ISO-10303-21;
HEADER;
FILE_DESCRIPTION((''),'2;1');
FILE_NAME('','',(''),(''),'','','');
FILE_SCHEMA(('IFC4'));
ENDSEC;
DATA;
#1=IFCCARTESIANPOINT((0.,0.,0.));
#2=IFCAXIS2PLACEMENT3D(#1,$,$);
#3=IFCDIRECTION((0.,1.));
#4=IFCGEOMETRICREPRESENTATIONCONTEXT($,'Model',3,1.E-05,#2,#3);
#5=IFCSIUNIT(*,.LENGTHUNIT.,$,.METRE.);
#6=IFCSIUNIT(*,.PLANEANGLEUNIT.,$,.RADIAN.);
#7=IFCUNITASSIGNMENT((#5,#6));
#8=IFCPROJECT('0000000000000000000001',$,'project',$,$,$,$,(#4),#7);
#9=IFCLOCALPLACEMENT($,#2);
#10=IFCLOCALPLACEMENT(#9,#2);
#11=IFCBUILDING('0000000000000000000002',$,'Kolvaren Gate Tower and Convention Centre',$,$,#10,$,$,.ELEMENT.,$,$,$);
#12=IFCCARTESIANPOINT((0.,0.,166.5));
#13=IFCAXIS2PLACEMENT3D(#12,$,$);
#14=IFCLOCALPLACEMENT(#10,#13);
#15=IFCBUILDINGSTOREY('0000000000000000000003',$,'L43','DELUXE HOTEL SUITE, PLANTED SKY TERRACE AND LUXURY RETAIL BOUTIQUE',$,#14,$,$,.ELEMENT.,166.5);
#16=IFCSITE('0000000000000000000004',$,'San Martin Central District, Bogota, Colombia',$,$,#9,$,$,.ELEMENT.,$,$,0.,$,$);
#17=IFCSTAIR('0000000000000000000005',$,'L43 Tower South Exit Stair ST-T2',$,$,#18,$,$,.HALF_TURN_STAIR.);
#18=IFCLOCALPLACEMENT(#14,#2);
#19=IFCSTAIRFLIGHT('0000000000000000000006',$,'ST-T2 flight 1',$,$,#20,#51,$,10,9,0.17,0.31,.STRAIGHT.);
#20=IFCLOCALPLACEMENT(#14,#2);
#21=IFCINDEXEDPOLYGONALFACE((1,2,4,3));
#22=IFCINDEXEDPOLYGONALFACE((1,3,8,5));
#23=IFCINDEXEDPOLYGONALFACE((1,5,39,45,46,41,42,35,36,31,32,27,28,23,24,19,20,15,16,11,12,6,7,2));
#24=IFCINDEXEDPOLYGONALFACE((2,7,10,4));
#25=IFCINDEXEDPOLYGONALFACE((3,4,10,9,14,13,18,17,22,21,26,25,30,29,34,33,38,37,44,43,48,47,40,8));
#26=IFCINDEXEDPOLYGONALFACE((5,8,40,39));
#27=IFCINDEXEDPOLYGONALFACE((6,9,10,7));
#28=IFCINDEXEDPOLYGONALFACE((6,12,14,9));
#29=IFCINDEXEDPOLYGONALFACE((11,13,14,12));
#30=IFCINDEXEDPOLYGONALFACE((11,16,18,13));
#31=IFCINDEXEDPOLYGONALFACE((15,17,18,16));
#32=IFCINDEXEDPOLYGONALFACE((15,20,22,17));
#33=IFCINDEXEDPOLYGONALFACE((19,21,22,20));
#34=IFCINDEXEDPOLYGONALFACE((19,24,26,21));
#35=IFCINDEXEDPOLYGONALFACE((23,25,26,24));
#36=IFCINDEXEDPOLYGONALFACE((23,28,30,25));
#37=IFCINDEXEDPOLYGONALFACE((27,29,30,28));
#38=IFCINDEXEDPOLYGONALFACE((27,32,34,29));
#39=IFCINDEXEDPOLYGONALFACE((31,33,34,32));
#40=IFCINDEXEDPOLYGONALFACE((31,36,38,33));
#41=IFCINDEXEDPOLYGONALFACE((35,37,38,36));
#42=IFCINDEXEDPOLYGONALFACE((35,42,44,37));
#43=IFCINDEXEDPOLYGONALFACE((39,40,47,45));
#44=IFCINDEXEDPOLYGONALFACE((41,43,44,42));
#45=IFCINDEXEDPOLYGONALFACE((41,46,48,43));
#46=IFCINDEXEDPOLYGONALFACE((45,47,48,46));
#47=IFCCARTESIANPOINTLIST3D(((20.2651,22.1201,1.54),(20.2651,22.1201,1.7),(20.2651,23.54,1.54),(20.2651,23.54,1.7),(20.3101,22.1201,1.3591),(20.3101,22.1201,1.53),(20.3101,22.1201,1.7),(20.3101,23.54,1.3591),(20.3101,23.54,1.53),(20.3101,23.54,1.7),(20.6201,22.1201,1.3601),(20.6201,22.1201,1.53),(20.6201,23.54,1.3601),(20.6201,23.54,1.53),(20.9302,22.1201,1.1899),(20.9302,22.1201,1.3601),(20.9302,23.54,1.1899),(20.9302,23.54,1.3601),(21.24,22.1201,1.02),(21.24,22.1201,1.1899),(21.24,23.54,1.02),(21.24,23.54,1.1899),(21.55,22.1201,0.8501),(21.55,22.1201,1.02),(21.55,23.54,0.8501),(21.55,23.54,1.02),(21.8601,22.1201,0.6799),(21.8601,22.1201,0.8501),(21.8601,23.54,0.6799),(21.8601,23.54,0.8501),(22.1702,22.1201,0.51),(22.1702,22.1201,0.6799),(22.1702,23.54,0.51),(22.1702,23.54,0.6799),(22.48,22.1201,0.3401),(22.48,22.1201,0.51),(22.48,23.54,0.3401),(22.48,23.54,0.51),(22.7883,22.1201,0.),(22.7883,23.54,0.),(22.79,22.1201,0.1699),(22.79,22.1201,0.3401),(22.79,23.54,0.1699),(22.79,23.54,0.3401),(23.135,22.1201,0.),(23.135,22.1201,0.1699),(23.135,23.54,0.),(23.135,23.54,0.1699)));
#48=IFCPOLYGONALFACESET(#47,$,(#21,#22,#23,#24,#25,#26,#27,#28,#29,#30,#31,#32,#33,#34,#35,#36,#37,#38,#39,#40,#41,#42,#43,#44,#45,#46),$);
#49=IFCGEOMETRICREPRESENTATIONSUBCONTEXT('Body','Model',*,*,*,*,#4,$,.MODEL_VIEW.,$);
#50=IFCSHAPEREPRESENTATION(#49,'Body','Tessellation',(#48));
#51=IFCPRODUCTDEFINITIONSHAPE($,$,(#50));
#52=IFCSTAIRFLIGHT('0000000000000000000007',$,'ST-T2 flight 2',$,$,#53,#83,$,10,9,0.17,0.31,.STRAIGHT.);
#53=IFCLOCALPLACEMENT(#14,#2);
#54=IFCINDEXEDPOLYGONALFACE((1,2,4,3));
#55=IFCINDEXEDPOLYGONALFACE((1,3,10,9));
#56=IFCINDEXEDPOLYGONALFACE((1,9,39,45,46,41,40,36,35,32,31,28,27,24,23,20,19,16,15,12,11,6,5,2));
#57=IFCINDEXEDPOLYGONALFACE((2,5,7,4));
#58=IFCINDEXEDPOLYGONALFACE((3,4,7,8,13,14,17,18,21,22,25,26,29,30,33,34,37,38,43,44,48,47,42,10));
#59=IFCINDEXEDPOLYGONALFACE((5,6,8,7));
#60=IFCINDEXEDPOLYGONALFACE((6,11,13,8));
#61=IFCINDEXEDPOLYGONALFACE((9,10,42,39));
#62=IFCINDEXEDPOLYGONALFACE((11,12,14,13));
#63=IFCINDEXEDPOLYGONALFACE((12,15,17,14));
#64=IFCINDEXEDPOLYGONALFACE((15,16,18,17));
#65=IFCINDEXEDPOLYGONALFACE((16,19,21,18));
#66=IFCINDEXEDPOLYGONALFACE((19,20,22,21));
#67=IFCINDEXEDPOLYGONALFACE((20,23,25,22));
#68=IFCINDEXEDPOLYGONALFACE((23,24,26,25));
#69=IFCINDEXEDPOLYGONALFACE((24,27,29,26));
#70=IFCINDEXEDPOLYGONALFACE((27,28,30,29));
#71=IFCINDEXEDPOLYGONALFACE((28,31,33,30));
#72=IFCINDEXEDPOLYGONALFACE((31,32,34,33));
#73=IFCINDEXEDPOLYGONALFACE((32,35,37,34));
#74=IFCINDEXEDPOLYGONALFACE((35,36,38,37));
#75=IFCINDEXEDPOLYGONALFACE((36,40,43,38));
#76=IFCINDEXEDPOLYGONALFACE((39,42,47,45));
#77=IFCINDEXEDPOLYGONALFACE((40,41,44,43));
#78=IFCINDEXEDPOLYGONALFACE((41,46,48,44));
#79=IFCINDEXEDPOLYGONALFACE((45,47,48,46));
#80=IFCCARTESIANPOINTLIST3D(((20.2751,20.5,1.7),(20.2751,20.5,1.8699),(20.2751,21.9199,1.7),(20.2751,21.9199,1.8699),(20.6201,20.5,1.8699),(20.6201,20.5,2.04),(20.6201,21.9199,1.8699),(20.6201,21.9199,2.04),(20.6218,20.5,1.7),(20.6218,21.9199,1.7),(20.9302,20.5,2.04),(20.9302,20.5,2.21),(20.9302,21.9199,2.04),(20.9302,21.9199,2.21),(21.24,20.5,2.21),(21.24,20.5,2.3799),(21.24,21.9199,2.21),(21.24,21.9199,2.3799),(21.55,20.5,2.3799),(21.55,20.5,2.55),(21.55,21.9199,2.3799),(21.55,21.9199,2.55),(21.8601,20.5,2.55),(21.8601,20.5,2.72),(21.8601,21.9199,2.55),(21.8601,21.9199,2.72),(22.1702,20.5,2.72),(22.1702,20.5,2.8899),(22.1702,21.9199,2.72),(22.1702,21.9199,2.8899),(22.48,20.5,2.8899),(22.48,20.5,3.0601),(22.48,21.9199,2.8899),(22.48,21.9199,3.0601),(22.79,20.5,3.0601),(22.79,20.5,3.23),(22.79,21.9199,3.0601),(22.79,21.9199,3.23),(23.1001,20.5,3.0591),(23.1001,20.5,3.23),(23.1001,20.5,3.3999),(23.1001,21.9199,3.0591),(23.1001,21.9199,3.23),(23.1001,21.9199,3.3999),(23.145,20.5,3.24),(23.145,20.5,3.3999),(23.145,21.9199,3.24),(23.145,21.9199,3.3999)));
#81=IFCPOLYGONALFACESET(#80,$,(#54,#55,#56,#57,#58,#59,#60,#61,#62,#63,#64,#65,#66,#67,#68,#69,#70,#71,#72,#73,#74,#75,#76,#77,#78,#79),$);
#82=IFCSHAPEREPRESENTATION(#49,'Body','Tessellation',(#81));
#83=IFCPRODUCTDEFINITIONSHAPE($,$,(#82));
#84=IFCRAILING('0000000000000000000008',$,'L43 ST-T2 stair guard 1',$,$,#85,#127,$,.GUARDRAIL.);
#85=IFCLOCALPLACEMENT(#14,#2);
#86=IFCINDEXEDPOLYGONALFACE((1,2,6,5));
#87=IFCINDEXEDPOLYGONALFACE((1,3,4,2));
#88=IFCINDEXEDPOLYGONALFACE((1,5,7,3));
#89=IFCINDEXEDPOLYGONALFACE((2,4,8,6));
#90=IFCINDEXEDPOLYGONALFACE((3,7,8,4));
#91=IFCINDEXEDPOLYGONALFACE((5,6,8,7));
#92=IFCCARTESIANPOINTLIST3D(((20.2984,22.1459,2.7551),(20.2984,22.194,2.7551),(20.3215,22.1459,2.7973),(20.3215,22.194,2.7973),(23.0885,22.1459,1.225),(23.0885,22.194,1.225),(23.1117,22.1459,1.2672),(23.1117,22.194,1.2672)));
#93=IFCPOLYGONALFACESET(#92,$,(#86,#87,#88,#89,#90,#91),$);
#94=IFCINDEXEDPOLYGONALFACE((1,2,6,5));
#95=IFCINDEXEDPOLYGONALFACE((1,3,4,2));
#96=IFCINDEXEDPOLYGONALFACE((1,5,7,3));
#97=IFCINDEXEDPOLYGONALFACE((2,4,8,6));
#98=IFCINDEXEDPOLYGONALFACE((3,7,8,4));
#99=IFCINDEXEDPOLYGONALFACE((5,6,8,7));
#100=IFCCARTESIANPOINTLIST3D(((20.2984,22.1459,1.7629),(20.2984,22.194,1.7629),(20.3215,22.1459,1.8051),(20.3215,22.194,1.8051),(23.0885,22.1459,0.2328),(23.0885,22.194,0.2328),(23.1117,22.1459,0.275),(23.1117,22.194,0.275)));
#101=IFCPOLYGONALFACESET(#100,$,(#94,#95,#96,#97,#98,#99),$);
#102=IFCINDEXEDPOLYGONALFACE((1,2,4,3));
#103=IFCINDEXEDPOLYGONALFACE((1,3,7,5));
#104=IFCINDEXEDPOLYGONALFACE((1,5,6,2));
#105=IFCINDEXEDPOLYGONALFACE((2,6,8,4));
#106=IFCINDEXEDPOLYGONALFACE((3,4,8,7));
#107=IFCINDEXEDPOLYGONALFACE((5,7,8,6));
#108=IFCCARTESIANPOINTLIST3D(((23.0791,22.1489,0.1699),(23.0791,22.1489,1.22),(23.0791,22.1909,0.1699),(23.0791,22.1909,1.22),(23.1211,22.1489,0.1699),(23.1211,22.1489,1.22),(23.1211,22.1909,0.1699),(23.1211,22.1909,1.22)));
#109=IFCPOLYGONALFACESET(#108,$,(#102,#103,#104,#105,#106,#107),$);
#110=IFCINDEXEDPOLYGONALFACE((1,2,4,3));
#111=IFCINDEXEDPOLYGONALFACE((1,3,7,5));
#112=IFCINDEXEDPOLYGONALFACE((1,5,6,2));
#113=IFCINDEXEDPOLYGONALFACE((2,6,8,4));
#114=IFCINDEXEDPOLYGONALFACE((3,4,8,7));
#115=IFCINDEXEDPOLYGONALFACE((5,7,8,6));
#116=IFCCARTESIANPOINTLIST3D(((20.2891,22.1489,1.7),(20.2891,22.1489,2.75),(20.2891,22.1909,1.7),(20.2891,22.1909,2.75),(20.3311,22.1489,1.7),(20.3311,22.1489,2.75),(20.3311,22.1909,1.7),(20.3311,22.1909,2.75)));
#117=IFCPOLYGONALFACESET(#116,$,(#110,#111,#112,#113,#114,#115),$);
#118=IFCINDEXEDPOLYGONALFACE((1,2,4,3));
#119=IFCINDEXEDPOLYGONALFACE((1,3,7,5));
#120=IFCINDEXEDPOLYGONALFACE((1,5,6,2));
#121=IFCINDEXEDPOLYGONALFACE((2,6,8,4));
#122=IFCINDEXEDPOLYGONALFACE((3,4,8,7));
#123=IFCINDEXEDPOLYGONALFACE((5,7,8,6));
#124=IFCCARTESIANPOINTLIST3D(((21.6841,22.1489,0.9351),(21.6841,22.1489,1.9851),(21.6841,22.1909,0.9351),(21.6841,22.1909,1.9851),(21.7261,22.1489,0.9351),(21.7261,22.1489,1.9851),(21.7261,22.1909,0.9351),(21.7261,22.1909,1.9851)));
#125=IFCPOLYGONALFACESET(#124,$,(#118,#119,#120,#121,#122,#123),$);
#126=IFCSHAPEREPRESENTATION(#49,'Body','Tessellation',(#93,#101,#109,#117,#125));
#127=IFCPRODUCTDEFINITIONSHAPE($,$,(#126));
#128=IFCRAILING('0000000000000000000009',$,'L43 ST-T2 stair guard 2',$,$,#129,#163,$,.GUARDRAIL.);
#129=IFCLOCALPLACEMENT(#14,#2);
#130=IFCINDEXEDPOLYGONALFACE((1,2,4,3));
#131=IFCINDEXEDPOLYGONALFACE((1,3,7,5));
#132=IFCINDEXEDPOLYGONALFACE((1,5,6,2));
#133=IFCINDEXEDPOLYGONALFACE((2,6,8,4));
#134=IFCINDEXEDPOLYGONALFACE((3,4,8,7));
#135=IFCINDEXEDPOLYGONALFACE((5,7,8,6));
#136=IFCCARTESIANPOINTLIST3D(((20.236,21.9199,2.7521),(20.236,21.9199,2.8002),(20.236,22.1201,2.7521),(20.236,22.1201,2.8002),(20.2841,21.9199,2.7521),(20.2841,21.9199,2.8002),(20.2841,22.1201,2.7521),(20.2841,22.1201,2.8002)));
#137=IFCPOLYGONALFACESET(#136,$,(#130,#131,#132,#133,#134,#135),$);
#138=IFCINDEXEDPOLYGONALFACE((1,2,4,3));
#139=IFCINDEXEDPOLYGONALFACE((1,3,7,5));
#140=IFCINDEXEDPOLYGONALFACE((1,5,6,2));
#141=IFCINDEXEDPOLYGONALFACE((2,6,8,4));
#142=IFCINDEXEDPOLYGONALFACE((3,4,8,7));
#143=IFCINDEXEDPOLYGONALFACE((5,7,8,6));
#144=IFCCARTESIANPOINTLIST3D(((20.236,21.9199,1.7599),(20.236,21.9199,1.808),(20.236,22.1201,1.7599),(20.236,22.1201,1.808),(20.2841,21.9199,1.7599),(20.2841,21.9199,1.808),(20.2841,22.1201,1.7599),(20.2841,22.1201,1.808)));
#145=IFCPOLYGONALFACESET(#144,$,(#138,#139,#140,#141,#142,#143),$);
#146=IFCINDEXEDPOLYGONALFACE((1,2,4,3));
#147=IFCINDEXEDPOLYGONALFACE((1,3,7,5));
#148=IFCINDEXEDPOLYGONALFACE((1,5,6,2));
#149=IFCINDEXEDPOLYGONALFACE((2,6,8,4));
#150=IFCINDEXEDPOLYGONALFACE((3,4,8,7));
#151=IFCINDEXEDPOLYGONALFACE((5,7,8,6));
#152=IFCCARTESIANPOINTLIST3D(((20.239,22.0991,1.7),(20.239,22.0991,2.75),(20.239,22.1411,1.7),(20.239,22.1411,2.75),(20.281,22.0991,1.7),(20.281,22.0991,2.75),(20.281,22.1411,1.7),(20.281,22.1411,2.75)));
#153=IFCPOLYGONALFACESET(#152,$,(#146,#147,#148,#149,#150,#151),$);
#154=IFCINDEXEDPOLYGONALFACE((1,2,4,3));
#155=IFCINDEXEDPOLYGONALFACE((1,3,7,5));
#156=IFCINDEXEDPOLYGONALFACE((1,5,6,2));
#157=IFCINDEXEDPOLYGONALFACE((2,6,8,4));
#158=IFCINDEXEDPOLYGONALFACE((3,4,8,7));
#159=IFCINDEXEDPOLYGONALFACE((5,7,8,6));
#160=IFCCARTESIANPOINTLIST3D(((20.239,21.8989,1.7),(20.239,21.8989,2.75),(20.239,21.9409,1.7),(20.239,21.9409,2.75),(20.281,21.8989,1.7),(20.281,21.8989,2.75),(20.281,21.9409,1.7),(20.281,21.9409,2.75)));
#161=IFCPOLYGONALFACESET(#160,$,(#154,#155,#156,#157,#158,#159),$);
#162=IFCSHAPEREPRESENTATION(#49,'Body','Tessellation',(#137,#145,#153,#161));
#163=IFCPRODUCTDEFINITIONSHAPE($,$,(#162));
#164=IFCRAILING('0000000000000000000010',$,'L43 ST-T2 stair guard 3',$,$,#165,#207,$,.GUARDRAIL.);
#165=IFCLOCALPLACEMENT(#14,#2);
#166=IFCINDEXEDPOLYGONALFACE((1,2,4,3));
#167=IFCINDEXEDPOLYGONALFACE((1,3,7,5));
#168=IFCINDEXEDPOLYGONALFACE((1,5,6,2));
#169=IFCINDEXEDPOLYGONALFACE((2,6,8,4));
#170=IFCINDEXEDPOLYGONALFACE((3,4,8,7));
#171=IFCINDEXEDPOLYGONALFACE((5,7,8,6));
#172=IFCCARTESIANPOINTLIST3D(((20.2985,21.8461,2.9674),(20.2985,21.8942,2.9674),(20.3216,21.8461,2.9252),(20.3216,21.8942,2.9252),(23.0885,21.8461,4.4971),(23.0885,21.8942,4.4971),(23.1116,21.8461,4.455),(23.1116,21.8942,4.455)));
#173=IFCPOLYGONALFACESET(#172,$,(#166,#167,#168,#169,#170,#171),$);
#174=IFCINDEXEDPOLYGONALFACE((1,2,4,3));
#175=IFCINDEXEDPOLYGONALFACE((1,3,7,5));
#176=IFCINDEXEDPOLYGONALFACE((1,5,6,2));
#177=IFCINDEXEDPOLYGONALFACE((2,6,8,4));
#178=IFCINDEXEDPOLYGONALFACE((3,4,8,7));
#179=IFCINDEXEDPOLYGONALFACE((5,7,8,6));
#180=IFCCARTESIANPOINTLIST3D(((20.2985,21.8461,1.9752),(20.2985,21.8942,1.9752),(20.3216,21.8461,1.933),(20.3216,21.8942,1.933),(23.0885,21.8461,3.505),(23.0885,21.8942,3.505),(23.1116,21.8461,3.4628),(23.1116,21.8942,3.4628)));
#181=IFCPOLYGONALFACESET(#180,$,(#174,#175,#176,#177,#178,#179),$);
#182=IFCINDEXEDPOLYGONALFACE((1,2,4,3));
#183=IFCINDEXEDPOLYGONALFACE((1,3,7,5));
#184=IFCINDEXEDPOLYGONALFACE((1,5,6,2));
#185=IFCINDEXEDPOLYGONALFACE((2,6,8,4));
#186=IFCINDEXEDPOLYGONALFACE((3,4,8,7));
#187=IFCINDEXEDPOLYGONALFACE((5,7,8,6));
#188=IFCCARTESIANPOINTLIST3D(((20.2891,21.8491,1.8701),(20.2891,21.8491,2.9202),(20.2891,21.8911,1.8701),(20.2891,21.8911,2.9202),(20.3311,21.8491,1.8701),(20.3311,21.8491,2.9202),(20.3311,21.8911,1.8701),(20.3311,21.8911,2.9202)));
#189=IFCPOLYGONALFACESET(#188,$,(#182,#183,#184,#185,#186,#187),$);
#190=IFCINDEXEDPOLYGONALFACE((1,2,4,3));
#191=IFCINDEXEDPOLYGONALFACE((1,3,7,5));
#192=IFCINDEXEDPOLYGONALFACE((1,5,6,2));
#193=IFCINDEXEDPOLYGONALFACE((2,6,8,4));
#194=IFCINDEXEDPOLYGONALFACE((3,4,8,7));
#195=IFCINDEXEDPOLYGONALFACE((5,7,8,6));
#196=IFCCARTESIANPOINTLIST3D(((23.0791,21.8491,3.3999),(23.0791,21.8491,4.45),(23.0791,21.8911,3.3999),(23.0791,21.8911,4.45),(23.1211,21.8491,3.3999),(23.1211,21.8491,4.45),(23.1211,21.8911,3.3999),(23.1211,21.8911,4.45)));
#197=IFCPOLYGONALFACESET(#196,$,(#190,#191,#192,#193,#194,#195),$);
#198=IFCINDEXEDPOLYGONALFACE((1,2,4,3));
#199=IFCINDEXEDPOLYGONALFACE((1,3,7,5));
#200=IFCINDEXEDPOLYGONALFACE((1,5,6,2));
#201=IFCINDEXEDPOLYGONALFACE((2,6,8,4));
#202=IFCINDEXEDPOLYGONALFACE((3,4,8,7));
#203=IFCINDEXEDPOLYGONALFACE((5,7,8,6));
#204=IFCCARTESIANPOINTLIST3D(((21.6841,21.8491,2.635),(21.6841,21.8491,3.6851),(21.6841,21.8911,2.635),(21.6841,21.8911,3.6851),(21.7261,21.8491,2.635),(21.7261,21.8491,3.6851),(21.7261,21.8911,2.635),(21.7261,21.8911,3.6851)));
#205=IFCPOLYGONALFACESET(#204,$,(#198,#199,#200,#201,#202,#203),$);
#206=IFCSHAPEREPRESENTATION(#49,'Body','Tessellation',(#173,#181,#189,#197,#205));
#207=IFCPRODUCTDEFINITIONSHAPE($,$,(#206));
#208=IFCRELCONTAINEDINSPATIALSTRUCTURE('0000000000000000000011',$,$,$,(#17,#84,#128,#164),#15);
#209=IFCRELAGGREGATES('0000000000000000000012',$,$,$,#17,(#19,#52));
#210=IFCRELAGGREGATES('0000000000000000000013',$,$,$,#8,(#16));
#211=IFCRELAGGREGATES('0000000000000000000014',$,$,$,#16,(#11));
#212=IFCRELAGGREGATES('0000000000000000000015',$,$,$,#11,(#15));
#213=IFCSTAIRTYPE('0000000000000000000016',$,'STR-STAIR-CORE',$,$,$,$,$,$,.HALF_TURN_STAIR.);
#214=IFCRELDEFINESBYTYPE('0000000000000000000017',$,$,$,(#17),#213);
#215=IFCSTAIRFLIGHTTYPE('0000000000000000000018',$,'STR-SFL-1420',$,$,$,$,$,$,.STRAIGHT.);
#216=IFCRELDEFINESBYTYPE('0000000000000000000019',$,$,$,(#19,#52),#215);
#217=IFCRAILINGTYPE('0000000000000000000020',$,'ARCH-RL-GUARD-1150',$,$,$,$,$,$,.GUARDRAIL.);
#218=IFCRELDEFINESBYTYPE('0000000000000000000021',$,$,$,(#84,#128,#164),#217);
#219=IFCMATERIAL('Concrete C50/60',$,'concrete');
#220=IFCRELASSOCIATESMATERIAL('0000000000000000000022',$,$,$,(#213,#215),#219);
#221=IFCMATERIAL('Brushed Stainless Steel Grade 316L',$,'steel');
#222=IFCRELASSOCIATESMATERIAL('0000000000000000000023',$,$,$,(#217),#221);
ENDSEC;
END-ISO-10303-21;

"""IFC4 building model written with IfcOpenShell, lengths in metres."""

from ifc_helpers import new_model, si_unit, direction, frame, origin, origin_2d, place, context, subcontext, project, spatial, polyline, rectangle, outline, extrude, material, type_object, element, aggregate, save


model = new_model("IFC4")

# Units and contexts
model_context = context("Model", 3, precision=1e-05, world=origin(), true_north=direction((0.0, 1.0)))
body_context = subcontext(model_context, "Body", "Model", "MODEL_VIEW")
ifc_project = project(units=[si_unit("LENGTHUNIT", "METRE"), si_unit("PLANEANGLEUNIT", "RADIAN")], contexts=[model_context])

# Site, building, storey
site_placement = place(None, origin())
site = spatial("IfcSite", under=ifc_project, at=site_placement, Name="San Martin Central District, Bogota, Colombia", CompositionType="ELEMENT", RefElevation=0.0)
building_placement = place(site_placement, origin())
building = spatial("IfcBuilding", under=site, at=building_placement, Name="Kolvaren Gate Tower and Convention Centre", CompositionType="ELEMENT")
storey_placement = place(building_placement, frame((0.0, 0.0, 166.5)))
storey = spatial("IfcBuildingStorey", under=building, at=storey_placement, Name="L43", Description="DELUXE HOTEL SUITE, PLANTED SKY TERRACE AND LUXURY RETAIL BOUTIQUE", CompositionType="ELEMENT", Elevation=166.5)

# Shared definitions
ifc_material_1 = material(Name="Brushed Stainless Steel Grade 316L", Category="steel")

# Shared definitions
ifc_material_2 = material(Name="Concrete C50/60", Category="concrete")

# Stair, stair flights
stair_type = type_object("IfcStairType", Name="STR-STAIR-CORE", PredefinedType="HALF_TURN_STAIR", material=ifc_material_2)
stair_placement = place(storey_placement, origin())
stair = element("IfcStair", 1, at=stair_placement, inside=storey, type_object=stair_type, Name="L43 Tower South Exit Stair ST-T2", PredefinedType="HALF_TURN_STAIR")
stair_flight_type = type_object("IfcStairFlightType", Name="STR-SFL-1420", PredefinedType="STRAIGHT", material=ifc_material_2)
stair_flight_1_placement = place(storey_placement, frame((23.1001, 22.8301, 0.0), z_axis=(0.0, 0.0, 1.0), x_axis=(-1.0, 0.0, 0.0)))
stair_flight_1 = element("IfcStairFlight", 2, at=stair_flight_1_placement, type_object=stair_flight_type, Name="ST-T2 flight 1", NumberOfRisers=10, NumberOfTreads=9, PredefinedType="STRAIGHT", RiserHeight=0.17, TreadLength=0.31, context=body_context, shape_type="SweptSolid", body=[
    extrude(outline(polyline([(-0.0349, 0.0), (-0.0349, 0.1699), (0.3101, 0.1699), (0.3101, 0.3401), (0.6201, 0.3401), (0.6201, 0.51), (0.9299, 0.51), (0.9299, 0.6799), (1.24, 0.6799), (1.24, 0.8501), (1.55, 0.8501), (1.55, 1.02), (1.8601, 1.02), (1.8601, 1.1899), (2.1699, 1.1899), (2.1699, 1.3601), (2.48, 1.3601), (2.48, 1.53), (2.79, 1.53), (2.79, 1.7), (2.835, 1.7), (2.835, 1.54), (2.79, 1.3591), (0.3118, 0.0), (-0.0349, 0.0)])), frame((0.0, 0.71, 0.0), z_axis=(0.0, -1.0, 0.0), x_axis=(1.0, 0.0, 0.0)), (0.0, 0.0, 1.0), 1.4199),
])
stair_flight_2_placement = place(storey_placement, frame((20.3101, 21.21, 1.7), z_axis=(0.0, 0.0, 1.0), x_axis=(1.0, 0.0, 0.0)))
stair_flight_2 = element("IfcStairFlight", 3, at=stair_flight_2_placement, type_object=stair_flight_type, Name="ST-T2 flight 2", NumberOfRisers=10, NumberOfTreads=9, PredefinedType="STRAIGHT", RiserHeight=0.17, TreadLength=0.31, context=body_context, shape_type="SweptSolid", body=[
    extrude(outline(polyline([(-0.0349, 0.0), (-0.0349, 0.1699), (0.3101, 0.1699), (0.3101, 0.3401), (0.6201, 0.3401), (0.6201, 0.51), (0.9299, 0.51), (0.9299, 0.6799), (1.24, 0.6799), (1.24, 0.8501), (1.55, 0.8501), (1.55, 1.02), (1.8601, 1.02), (1.8601, 1.1899), (2.1699, 1.1899), (2.1699, 1.3601), (2.48, 1.3601), (2.48, 1.53), (2.79, 1.53), (2.79, 1.7), (2.835, 1.7), (2.835, 1.54), (2.79, 1.3591), (0.3118, 0.0), (-0.0349, 0.0)])), frame((0.0, 0.71, 0.0), z_axis=(0.0, -1.0, 0.0), x_axis=(1.0, 0.0, 0.0)), (0.0, 0.0, 1.0), 1.4199),
])
aggregate(stair, [stair_flight_1, stair_flight_2])

# Railings
railing_type_1 = type_object("IfcRailingType", Name="ARCH-RL-GUARD-1150", PredefinedType="GUARDRAIL", material=ifc_material_1)
railing_1_placement = place(storey_placement, frame((23.1001, 22.1699, 0.1699)))
element("IfcRailing", 4, at=railing_1_placement, inside=storey, type_object=railing_type_1, Name="L43 ST-T2 stair guard 1", PredefinedType="GUARDRAIL", context=body_context, shape_type="SweptSolid", body=[
    extrude(rectangle(XDim=0.0481, YDim=0.0481, at=origin_2d()), frame((0.0, 0.0, 1.0762), z_axis=(-0.876811, 0.0, 0.480835), x_axis=(0.0, -1.0, 0.0)), (0.0, 0.0, 1.0), 3.1821),
    extrude(rectangle(XDim=0.0481, YDim=0.0481, at=origin_2d()), frame((0.0, 0.0, 0.084), z_axis=(-0.876811, 0.0, 0.480835), x_axis=(0.0, -1.0, 0.0)), (0.0, 0.0, 1.0), 3.1821),
    extrude(rectangle(XDim=0.042, YDim=0.042, at=origin_2d()), origin(), (0.0, 0.0, 1.0), 1.05),
    extrude(rectangle(XDim=0.042, YDim=0.042, at=origin_2d()), frame((-2.79, 0.0, 1.53)), (0.0, 0.0, 1.0), 1.05),
    extrude(rectangle(XDim=0.042, YDim=0.042, at=origin_2d()), frame((-1.395, 0.0, 0.7651)), (0.0, 0.0, 1.0), 1.05),
])
railing_2_placement = place(storey_placement, frame((20.26, 22.1201, 1.7)))
element("IfcRailing", 5, at=railing_2_placement, inside=storey, type_object=railing_type_1, Name="L43 ST-T2 stair guard 2", PredefinedType="GUARDRAIL", context=body_context, shape_type="SweptSolid", body=[
    extrude(rectangle(XDim=0.0481, YDim=0.0481, at=origin_2d()), frame((0.0, 0.0, 1.0762), z_axis=(0.0, -1.0, 0.0), x_axis=(1.0, 0.0, 0.0)), (0.0, 0.0, 1.0), 0.2002),
    extrude(rectangle(XDim=0.0481, YDim=0.0481, at=origin_2d()), frame((0.0, 0.0, 0.084), z_axis=(0.0, -1.0, 0.0), x_axis=(1.0, 0.0, 0.0)), (0.0, 0.0, 1.0), 0.2002),
    extrude(rectangle(XDim=0.042, YDim=0.042, at=origin_2d()), origin(), (0.0, 0.0, 1.0), 1.05),
    extrude(rectangle(XDim=0.042, YDim=0.042, at=origin_2d()), frame((0.0, -0.2002, 0.0)), (0.0, 0.0, 1.0), 1.05),
])
railing_3_placement = place(storey_placement, frame((20.3101, 21.8701, 1.8701)))
element("IfcRailing", 6, at=railing_3_placement, inside=storey, type_object=railing_type_1, Name="L43 ST-T2 stair guard 3", PredefinedType="GUARDRAIL", context=body_context, shape_type="SweptSolid", body=[
    extrude(rectangle(XDim=0.0481, YDim=0.0481, at=origin_2d()), frame((0.0, 0.0, 1.0762), z_axis=(0.876844, 0.0, 0.480776), x_axis=(0.0, 1.0, 0.0)), (0.0, 0.0, 1.0), 3.1819),
    extrude(rectangle(XDim=0.0481, YDim=0.0481, at=origin_2d()), frame((0.0, 0.0, 0.084), z_axis=(0.876844, 0.0, 0.480776), x_axis=(0.0, 1.0, 0.0)), (0.0, 0.0, 1.0), 3.1819),
    extrude(rectangle(XDim=0.042, YDim=0.042, at=origin_2d()), origin(), (0.0, 0.0, 1.0), 1.05),
    extrude(rectangle(XDim=0.042, YDim=0.042, at=origin_2d()), frame((2.79, 0.0, 1.5298)), (0.0, 0.0, 1.0), 1.05),
    extrude(rectangle(XDim=0.042, YDim=0.042, at=origin_2d()), frame((1.395, 0.0, 0.7649)), (0.0, 0.0, 1.0), 1.05),
])

save(model, "model.ifc")
